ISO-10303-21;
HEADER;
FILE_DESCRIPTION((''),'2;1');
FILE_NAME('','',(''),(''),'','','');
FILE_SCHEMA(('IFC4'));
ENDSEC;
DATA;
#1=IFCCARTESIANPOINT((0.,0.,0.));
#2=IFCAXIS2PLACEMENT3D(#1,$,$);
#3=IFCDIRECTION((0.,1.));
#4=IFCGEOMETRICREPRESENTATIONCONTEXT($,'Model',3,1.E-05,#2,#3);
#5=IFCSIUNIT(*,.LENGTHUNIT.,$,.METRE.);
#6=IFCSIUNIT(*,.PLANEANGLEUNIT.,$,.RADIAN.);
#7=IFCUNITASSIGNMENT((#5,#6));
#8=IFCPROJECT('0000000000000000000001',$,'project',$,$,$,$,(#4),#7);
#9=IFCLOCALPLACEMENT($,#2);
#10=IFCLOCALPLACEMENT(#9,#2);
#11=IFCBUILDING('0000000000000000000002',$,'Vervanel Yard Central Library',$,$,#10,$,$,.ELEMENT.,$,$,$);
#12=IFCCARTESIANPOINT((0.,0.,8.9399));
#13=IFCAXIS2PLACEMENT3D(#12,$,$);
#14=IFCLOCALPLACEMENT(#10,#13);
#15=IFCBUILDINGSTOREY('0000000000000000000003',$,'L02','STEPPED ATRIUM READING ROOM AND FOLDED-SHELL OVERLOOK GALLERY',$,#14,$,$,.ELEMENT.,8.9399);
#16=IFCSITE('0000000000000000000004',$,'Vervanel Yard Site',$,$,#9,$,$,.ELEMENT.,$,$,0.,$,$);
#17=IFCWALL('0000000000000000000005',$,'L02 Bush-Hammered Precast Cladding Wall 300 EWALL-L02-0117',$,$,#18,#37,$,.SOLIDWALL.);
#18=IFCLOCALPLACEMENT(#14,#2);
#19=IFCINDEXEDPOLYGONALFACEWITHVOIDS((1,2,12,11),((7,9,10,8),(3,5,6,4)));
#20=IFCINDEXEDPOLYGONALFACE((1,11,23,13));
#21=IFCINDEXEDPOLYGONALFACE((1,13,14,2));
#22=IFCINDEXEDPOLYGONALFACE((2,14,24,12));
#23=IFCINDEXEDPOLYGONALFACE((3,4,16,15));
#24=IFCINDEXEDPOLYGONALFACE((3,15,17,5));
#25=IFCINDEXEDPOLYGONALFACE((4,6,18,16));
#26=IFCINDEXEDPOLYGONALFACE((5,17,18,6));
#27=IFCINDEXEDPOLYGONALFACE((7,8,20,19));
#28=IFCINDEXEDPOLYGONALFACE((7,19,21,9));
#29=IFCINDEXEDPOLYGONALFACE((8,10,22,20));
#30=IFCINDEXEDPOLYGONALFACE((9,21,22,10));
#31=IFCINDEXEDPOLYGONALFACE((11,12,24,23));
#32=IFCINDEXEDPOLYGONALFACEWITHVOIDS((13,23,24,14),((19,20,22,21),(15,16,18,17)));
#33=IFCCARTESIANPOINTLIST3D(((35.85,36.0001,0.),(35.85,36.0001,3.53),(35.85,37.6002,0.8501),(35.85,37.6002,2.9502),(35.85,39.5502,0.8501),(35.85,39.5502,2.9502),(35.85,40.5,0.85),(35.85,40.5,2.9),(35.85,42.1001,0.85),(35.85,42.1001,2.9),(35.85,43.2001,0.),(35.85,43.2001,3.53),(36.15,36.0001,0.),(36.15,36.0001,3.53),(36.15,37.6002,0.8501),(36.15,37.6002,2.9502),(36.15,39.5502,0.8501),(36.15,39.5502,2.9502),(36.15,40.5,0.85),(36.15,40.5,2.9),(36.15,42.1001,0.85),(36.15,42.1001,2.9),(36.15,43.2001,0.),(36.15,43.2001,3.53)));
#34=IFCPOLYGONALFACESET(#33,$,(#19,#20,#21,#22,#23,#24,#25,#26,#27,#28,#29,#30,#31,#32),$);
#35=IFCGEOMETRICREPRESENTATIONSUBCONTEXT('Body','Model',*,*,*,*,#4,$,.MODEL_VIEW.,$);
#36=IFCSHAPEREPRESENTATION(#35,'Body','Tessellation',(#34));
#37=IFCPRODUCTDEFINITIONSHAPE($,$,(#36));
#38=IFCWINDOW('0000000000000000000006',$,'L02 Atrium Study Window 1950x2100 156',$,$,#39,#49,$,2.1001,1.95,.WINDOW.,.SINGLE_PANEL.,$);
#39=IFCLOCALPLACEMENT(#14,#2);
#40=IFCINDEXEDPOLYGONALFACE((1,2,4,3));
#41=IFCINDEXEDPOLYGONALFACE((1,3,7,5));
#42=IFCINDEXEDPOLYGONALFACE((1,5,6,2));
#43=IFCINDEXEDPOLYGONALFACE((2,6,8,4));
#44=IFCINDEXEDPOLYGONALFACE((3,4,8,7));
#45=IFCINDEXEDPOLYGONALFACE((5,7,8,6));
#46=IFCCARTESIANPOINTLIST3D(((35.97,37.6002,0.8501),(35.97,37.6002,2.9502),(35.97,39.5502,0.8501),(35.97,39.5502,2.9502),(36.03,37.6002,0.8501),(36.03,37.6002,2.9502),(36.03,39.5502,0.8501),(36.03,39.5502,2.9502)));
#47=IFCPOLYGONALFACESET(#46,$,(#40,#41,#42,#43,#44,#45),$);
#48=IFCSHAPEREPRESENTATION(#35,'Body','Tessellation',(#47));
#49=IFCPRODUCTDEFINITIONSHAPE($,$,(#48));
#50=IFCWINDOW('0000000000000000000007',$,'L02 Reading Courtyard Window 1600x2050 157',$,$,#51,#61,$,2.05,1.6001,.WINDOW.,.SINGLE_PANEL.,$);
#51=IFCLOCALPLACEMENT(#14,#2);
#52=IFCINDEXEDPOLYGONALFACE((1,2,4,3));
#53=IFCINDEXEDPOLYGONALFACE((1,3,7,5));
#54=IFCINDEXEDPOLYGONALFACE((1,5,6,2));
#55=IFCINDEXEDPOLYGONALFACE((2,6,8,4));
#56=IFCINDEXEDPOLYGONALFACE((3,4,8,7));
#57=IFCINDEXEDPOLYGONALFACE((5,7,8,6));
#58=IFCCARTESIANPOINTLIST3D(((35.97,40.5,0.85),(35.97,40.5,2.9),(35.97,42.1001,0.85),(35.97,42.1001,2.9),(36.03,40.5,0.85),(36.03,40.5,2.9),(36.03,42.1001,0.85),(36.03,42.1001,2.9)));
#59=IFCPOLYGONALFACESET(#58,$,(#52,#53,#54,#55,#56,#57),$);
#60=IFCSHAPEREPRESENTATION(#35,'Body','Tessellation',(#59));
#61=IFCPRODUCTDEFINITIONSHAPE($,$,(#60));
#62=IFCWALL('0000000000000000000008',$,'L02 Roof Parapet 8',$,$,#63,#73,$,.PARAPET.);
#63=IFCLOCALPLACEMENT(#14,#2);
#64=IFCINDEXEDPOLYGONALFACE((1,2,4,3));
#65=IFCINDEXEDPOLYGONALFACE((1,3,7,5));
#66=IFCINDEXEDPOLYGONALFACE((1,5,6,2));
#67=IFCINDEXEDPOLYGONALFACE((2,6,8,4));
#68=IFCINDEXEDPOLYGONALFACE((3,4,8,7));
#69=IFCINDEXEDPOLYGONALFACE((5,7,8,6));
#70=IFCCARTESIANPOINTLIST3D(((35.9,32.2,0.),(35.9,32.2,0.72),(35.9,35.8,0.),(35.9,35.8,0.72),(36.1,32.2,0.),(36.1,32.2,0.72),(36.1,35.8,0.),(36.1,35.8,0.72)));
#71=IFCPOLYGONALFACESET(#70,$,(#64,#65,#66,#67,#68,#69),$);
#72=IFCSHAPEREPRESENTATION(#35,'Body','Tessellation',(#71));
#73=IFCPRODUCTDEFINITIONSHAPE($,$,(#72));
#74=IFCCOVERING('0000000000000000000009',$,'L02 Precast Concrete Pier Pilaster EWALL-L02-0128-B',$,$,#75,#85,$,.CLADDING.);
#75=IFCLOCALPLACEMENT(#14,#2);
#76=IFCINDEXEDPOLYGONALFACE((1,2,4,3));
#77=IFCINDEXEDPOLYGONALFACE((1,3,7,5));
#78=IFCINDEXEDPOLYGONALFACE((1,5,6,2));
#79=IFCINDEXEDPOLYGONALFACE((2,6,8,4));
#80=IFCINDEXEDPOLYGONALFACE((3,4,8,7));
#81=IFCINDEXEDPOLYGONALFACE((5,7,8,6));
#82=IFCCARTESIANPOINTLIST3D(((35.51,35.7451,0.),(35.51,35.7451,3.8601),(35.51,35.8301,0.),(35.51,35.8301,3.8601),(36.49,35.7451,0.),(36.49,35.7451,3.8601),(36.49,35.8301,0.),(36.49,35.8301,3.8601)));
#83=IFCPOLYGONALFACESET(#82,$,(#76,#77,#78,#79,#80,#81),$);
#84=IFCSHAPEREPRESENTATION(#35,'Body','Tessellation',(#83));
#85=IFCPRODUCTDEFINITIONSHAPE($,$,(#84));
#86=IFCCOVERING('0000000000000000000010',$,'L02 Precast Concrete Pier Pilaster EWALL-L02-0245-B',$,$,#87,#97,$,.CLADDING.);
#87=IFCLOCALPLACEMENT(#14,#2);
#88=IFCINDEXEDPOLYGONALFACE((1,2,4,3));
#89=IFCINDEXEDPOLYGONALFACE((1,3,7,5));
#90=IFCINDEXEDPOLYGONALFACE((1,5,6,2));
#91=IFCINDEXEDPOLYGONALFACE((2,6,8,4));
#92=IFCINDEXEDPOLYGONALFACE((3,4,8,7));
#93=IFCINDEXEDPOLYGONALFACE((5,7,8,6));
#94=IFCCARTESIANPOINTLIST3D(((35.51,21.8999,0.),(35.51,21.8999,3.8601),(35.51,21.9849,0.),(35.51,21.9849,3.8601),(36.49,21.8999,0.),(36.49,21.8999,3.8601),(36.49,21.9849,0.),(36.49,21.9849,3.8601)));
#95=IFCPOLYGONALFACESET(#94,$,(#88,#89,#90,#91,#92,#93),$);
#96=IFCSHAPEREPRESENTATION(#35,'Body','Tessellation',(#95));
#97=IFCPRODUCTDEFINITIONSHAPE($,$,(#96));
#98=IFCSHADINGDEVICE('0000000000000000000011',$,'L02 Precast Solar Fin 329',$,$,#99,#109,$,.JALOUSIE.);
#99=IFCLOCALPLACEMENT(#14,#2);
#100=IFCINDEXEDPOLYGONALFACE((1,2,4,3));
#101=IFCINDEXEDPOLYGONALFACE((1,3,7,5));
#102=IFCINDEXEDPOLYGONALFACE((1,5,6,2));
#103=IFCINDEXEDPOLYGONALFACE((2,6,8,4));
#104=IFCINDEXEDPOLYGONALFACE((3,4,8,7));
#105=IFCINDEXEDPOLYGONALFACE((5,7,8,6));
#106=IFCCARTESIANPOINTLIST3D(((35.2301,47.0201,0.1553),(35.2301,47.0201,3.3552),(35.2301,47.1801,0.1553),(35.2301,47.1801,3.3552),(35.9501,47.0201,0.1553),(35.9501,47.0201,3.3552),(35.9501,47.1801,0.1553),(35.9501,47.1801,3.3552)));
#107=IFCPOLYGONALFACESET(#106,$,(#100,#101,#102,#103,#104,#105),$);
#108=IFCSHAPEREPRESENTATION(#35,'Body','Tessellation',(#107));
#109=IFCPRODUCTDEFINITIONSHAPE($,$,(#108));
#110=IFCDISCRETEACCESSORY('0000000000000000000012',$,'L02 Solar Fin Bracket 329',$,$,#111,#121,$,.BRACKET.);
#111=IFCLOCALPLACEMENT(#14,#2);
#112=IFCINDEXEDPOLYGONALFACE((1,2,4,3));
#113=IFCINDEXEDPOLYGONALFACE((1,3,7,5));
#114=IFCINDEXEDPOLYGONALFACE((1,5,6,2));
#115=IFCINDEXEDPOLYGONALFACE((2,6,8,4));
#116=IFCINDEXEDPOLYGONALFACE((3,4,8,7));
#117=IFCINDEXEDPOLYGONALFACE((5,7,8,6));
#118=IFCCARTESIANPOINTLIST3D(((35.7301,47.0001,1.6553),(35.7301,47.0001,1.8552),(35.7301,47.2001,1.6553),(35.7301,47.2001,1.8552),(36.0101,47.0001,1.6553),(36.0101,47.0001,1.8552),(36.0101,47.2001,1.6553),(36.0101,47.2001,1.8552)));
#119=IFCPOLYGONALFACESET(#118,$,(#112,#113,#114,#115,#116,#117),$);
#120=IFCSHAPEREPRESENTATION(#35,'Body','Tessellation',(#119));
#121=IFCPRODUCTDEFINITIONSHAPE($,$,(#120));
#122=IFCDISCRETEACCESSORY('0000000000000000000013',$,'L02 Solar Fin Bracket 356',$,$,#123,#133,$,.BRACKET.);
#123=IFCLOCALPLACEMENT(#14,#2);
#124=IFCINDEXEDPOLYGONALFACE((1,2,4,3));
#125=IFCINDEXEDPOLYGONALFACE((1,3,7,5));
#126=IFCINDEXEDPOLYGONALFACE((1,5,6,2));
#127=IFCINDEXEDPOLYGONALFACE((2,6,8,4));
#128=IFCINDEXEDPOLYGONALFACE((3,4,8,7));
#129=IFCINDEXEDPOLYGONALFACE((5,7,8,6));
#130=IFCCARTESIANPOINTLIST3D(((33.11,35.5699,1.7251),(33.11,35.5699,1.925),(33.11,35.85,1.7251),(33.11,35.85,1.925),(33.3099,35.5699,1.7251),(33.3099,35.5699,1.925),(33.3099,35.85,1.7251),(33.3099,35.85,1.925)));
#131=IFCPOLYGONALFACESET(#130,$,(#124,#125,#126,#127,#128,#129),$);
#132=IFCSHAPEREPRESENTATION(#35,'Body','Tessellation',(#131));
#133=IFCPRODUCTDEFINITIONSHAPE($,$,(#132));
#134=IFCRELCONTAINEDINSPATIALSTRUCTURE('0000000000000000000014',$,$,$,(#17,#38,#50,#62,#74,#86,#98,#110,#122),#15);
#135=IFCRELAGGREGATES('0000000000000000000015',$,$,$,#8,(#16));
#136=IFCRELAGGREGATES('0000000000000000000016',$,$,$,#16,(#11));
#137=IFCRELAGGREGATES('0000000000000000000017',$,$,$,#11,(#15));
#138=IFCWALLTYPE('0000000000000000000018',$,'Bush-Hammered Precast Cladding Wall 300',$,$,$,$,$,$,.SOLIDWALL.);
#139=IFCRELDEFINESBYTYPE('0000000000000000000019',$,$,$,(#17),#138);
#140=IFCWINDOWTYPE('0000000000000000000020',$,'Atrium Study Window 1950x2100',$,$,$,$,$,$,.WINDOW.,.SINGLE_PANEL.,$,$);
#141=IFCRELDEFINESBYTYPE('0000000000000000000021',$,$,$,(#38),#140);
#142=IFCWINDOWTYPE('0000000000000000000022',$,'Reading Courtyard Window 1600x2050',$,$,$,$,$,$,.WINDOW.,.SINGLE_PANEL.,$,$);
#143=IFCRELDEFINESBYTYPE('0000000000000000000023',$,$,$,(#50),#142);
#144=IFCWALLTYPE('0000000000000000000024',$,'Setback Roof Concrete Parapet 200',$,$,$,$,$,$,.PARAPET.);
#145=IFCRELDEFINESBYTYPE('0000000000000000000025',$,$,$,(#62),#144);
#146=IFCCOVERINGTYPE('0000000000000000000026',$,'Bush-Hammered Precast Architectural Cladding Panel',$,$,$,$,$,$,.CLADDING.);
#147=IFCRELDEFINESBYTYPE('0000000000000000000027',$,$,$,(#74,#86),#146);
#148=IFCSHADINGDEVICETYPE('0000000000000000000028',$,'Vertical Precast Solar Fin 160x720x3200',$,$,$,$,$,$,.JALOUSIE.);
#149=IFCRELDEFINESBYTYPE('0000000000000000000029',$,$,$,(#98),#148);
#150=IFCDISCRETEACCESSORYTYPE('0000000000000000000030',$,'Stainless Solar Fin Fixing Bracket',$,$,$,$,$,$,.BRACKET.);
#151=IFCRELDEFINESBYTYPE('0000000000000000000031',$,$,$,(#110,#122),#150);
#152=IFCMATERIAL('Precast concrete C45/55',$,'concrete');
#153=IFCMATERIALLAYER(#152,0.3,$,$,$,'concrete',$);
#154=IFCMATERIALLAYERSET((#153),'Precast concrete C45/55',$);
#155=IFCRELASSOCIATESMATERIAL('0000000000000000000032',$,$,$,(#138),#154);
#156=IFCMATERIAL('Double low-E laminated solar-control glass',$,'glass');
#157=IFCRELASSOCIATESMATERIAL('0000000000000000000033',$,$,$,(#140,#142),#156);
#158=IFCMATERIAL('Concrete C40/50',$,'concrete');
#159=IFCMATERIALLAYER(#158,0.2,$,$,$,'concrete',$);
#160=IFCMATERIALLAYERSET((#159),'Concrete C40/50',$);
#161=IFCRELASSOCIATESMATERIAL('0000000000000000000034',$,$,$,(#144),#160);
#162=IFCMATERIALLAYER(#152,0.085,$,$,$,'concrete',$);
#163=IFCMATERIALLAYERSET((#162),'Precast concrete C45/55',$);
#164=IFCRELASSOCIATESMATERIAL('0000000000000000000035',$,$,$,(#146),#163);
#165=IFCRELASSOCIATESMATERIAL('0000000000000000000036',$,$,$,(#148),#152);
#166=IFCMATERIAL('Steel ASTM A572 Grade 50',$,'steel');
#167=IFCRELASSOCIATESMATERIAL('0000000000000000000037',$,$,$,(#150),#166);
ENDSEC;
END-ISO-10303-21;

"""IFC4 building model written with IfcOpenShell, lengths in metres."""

from ifc_helpers import new_model, si_unit, direction, frame, frame_2d, origin, origin_2d, place, context, subcontext, project, spatial, rectangle, extrude, material, layer, layer_set, type_object, element, fill, save


model = new_model("IFC4")

# Units and contexts
model_context = context("Model", 3, precision=1e-05, world=origin(), true_north=direction((0.0, 1.0)))
body_context = subcontext(model_context, "Body", "Model", "MODEL_VIEW")
ifc_project = project(units=[si_unit("LENGTHUNIT", "METRE"), si_unit("PLANEANGLEUNIT", "RADIAN")], contexts=[model_context])

# Site, building, storey
site_placement = place(None, origin())
site = spatial("IfcSite", under=ifc_project, at=site_placement, Name="Vervanel Yard Site", CompositionType="ELEMENT", RefElevation=0.0)
building_placement = place(site_placement, origin())
building = spatial("IfcBuilding", under=site, at=building_placement, Name="Vervanel Yard Central Library", CompositionType="ELEMENT")
storey_placement = place(building_placement, frame((0.0, 0.0, 8.9399)))
storey = spatial("IfcBuildingStorey", under=building, at=storey_placement, Name="L02", Description="STEPPED ATRIUM READING ROOM AND FOLDED-SHELL OVERLOOK GALLERY", CompositionType="ELEMENT", Elevation=8.9399)

# Shared definitions
ifc_material_1 = material(Name="Concrete C40/50", Category="concrete")

# Shared definitions
ifc_material_2 = material(Name="Double low-E laminated solar-control glass", Category="glass")

# Wall, openings, windows
ifc_material_3 = material(Name="Precast concrete C45/55", Category="concrete")
ifc_layer_1 = layer(ifc_material_3, 0.3, Category="concrete")
ifc_layer_set_1 = layer_set([ifc_layer_1], Name="Precast concrete C45/55")
wall_type_1 = type_object("IfcWallType", Name="Bush-Hammered Precast Cladding Wall 300", PredefinedType="SOLIDWALL", material=ifc_layer_set_1)
wall_1_placement = place(storey_placement, frame((36.0, 36.0, 0.0), z_axis=(0.0, 0.0, 1.0), x_axis=(0.0, 1.0, 0.0)))
wall_1 = element("IfcWall", 1, at=wall_1_placement, inside=storey, type_object=wall_type_1, Name="L02 Bush-Hammered Precast Cladding Wall 300 EWALL-L02-0117", PredefinedType="SOLIDWALL", context=body_context, shape_type="SweptSolid", body=[
    extrude(rectangle(XDim=7.2, YDim=0.3, at=frame_2d((3.6001, 0.0))), origin(), (0.0, 0.0, 1.0), 3.53),
])
opening_1_placement = place(wall_1_placement, frame((1.6001, 0.0, 0.8501)))
opening_1 = element("IfcOpeningElement", 2, at=opening_1_placement, cuts=wall_1, PredefinedType="OPENING", context=body_context, shape_type="SweptSolid", body=[
    extrude(rectangle(XDim=1.95, YDim=2.1001, at=frame_2d((0.9751, 1.05))), frame((0.0, 0.1599, 0.0), z_axis=(0.0, -1.0, 0.0), x_axis=(1.0, 0.0, 0.0)), (0.0, 0.0, 1.0), 0.3201),
])
opening_2_placement = place(wall_1_placement, frame((4.5, 0.0, 0.8501)))
opening_2 = element("IfcOpeningElement", 3, at=opening_2_placement, cuts=wall_1, PredefinedType="OPENING", context=body_context, shape_type="SweptSolid", body=[
    extrude(rectangle(XDim=1.6001, YDim=2.05, at=frame_2d((0.8, 1.0249))), frame((0.0, 0.1599, 0.0), z_axis=(0.0, -1.0, 0.0), x_axis=(1.0, 0.0, 0.0)), (0.0, 0.0, 1.0), 0.3201),
])
window_type_1 = type_object("IfcWindowType", Name="Atrium Study Window 1950x2100", PartitioningType="SINGLE_PANEL", PredefinedType="WINDOW", material=ifc_material_2)
window_1_placement = place(opening_1_placement, origin())
window_1 = element("IfcWindow", 4, at=window_1_placement, inside=storey, type_object=window_type_1, Name="L02 Atrium Study Window 1950x2100 156", OverallHeight=2.1001, OverallWidth=1.95, PartitioningType="SINGLE_PANEL", PredefinedType="WINDOW", context=body_context, shape_type="SweptSolid", body=[
    extrude(rectangle(XDim=1.95, YDim=2.1001, at=frame_2d((0.9751, 1.05))), frame((0.0, 0.03, 0.0), z_axis=(0.0, -1.0, 0.0), x_axis=(1.0, 0.0, 0.0)), (0.0, 0.0, 1.0), 0.0601),
])
fill(opening_1, window_1)
window_type_2 = type_object("IfcWindowType", Name="Reading Courtyard Window 1600x2050", PartitioningType="SINGLE_PANEL", PredefinedType="WINDOW", material=ifc_material_2)
window_2_placement = place(opening_2_placement, origin())
window_2 = element("IfcWindow", 5, at=window_2_placement, inside=storey, type_object=window_type_2, Name="L02 Reading Courtyard Window 1600x2050 157", OverallHeight=2.05, OverallWidth=1.6001, PartitioningType="SINGLE_PANEL", PredefinedType="WINDOW", context=body_context, shape_type="SweptSolid", body=[
    extrude(rectangle(XDim=1.6001, YDim=2.05, at=frame_2d((0.8, 1.0249))), frame((0.0, 0.03, 0.0), z_axis=(0.0, -1.0, 0.0), x_axis=(1.0, 0.0, 0.0)), (0.0, 0.0, 1.0), 0.0601),
])
fill(opening_2, window_2)

# Wall
ifc_layer_2 = layer(ifc_material_1, 0.2, Category="concrete")
ifc_layer_set_2 = layer_set([ifc_layer_2], Name="Concrete C40/50")
wall_type_2 = type_object("IfcWallType", Name="Setback Roof Concrete Parapet 200", PredefinedType="PARAPET", material=ifc_layer_set_2)
wall_2_placement = place(storey_placement, frame((36.0, 32.2, 0.0), z_axis=(0.0, 0.0, 1.0), x_axis=(0.0, 1.0, 0.0)))
element("IfcWall", 6, at=wall_2_placement, inside=storey, type_object=wall_type_2, Name="L02 Roof Parapet 8", PredefinedType="PARAPET", context=body_context, shape_type="SweptSolid", body=[
    extrude(rectangle(XDim=3.6001, YDim=0.2, at=frame_2d((1.8, 0.0))), origin(), (0.0, 0.0, 1.0), 0.72),
])

# Coverings
ifc_layer_3 = layer(ifc_material_3, 0.085, Category="concrete")
ifc_layer_set_3 = layer_set([ifc_layer_3], Name="Precast concrete C45/55")
covering_type = type_object("IfcCoveringType", Name="Bush-Hammered Precast Architectural Cladding Panel", PredefinedType="CLADDING", material=ifc_layer_set_3)
for number, where, z_axis, x_axis, name in (
    (7, (36.0, 35.7876, 0.0), (0.0, 0.0, 1.0), (1.0, 0.0, 0.0), "L02 Precast Concrete Pier Pilaster EWALL-L02-0128-B"),
    (8, (36.0, 21.9424, 0.0), (0.0, 0.0, 1.0), (1.0, 0.0, 0.0), "L02 Precast Concrete Pier Pilaster EWALL-L02-0245-B"),
):
    element("IfcCovering", number, at=place(storey_placement, frame(where, z_axis=z_axis, x_axis=x_axis)), inside=storey, type_object=covering_type, Name=name, PredefinedType="CLADDING", context=body_context, shape_type="SweptSolid", body=[
        extrude(rectangle(XDim=0.98, YDim=0.085, at=origin_2d()), origin(), (0.0, 0.0, 1.0), 3.8601),
    ])

# Shading device
shading_device_type = type_object("IfcShadingDeviceType", Name="Vertical Precast Solar Fin 160x720x3200", PredefinedType="JALOUSIE", material=ifc_material_3)
shading_device_placement = place(storey_placement, frame((35.5901, 47.1001, 0.1553), z_axis=(0.0, 0.0, 1.0), x_axis=(0.0, 1.0, 0.0)))
element("IfcShadingDevice", 9, at=shading_device_placement, inside=storey, type_object=shading_device_type, Name="L02 Precast Solar Fin 329", PredefinedType="JALOUSIE", context=body_context, shape_type="SweptSolid", body=[
    extrude(rectangle(XDim=0.1599, YDim=0.72, at=origin_2d()), origin(), (0.0, 0.0, 1.0), 3.2),
])

# Discrete accessories
ifc_material_4 = material(Name="Steel ASTM A572 Grade 50", Category="steel")
discrete_accessory_type = type_object("IfcDiscreteAccessoryType", Name="Stainless Solar Fin Fixing Bracket", PredefinedType="BRACKET", material=ifc_material_4)
for number, where, z_axis, x_axis, name in (
    (10, (35.8701, 47.1001, 1.6553), (0.0, 0.0, 1.0), (0.0, 1.0, 0.0), "L02 Solar Fin Bracket 329"),
    (11, (33.21, 35.71, 1.7251), (0.0, 0.0, 1.0), (1.0, 0.0, 0.0), "L02 Solar Fin Bracket 356"),
):
    element("IfcDiscreteAccessory", number, at=place(storey_placement, frame(where, z_axis=z_axis, x_axis=x_axis)), inside=storey, type_object=discrete_accessory_type, Name=name, PredefinedType="BRACKET", context=body_context, shape_type="SweptSolid", body=[
        extrude(rectangle(XDim=0.2, YDim=0.28, at=origin_2d()), origin(), (0.0, 0.0, 1.0), 0.2),
    ])

save(model, "model.ifc")
